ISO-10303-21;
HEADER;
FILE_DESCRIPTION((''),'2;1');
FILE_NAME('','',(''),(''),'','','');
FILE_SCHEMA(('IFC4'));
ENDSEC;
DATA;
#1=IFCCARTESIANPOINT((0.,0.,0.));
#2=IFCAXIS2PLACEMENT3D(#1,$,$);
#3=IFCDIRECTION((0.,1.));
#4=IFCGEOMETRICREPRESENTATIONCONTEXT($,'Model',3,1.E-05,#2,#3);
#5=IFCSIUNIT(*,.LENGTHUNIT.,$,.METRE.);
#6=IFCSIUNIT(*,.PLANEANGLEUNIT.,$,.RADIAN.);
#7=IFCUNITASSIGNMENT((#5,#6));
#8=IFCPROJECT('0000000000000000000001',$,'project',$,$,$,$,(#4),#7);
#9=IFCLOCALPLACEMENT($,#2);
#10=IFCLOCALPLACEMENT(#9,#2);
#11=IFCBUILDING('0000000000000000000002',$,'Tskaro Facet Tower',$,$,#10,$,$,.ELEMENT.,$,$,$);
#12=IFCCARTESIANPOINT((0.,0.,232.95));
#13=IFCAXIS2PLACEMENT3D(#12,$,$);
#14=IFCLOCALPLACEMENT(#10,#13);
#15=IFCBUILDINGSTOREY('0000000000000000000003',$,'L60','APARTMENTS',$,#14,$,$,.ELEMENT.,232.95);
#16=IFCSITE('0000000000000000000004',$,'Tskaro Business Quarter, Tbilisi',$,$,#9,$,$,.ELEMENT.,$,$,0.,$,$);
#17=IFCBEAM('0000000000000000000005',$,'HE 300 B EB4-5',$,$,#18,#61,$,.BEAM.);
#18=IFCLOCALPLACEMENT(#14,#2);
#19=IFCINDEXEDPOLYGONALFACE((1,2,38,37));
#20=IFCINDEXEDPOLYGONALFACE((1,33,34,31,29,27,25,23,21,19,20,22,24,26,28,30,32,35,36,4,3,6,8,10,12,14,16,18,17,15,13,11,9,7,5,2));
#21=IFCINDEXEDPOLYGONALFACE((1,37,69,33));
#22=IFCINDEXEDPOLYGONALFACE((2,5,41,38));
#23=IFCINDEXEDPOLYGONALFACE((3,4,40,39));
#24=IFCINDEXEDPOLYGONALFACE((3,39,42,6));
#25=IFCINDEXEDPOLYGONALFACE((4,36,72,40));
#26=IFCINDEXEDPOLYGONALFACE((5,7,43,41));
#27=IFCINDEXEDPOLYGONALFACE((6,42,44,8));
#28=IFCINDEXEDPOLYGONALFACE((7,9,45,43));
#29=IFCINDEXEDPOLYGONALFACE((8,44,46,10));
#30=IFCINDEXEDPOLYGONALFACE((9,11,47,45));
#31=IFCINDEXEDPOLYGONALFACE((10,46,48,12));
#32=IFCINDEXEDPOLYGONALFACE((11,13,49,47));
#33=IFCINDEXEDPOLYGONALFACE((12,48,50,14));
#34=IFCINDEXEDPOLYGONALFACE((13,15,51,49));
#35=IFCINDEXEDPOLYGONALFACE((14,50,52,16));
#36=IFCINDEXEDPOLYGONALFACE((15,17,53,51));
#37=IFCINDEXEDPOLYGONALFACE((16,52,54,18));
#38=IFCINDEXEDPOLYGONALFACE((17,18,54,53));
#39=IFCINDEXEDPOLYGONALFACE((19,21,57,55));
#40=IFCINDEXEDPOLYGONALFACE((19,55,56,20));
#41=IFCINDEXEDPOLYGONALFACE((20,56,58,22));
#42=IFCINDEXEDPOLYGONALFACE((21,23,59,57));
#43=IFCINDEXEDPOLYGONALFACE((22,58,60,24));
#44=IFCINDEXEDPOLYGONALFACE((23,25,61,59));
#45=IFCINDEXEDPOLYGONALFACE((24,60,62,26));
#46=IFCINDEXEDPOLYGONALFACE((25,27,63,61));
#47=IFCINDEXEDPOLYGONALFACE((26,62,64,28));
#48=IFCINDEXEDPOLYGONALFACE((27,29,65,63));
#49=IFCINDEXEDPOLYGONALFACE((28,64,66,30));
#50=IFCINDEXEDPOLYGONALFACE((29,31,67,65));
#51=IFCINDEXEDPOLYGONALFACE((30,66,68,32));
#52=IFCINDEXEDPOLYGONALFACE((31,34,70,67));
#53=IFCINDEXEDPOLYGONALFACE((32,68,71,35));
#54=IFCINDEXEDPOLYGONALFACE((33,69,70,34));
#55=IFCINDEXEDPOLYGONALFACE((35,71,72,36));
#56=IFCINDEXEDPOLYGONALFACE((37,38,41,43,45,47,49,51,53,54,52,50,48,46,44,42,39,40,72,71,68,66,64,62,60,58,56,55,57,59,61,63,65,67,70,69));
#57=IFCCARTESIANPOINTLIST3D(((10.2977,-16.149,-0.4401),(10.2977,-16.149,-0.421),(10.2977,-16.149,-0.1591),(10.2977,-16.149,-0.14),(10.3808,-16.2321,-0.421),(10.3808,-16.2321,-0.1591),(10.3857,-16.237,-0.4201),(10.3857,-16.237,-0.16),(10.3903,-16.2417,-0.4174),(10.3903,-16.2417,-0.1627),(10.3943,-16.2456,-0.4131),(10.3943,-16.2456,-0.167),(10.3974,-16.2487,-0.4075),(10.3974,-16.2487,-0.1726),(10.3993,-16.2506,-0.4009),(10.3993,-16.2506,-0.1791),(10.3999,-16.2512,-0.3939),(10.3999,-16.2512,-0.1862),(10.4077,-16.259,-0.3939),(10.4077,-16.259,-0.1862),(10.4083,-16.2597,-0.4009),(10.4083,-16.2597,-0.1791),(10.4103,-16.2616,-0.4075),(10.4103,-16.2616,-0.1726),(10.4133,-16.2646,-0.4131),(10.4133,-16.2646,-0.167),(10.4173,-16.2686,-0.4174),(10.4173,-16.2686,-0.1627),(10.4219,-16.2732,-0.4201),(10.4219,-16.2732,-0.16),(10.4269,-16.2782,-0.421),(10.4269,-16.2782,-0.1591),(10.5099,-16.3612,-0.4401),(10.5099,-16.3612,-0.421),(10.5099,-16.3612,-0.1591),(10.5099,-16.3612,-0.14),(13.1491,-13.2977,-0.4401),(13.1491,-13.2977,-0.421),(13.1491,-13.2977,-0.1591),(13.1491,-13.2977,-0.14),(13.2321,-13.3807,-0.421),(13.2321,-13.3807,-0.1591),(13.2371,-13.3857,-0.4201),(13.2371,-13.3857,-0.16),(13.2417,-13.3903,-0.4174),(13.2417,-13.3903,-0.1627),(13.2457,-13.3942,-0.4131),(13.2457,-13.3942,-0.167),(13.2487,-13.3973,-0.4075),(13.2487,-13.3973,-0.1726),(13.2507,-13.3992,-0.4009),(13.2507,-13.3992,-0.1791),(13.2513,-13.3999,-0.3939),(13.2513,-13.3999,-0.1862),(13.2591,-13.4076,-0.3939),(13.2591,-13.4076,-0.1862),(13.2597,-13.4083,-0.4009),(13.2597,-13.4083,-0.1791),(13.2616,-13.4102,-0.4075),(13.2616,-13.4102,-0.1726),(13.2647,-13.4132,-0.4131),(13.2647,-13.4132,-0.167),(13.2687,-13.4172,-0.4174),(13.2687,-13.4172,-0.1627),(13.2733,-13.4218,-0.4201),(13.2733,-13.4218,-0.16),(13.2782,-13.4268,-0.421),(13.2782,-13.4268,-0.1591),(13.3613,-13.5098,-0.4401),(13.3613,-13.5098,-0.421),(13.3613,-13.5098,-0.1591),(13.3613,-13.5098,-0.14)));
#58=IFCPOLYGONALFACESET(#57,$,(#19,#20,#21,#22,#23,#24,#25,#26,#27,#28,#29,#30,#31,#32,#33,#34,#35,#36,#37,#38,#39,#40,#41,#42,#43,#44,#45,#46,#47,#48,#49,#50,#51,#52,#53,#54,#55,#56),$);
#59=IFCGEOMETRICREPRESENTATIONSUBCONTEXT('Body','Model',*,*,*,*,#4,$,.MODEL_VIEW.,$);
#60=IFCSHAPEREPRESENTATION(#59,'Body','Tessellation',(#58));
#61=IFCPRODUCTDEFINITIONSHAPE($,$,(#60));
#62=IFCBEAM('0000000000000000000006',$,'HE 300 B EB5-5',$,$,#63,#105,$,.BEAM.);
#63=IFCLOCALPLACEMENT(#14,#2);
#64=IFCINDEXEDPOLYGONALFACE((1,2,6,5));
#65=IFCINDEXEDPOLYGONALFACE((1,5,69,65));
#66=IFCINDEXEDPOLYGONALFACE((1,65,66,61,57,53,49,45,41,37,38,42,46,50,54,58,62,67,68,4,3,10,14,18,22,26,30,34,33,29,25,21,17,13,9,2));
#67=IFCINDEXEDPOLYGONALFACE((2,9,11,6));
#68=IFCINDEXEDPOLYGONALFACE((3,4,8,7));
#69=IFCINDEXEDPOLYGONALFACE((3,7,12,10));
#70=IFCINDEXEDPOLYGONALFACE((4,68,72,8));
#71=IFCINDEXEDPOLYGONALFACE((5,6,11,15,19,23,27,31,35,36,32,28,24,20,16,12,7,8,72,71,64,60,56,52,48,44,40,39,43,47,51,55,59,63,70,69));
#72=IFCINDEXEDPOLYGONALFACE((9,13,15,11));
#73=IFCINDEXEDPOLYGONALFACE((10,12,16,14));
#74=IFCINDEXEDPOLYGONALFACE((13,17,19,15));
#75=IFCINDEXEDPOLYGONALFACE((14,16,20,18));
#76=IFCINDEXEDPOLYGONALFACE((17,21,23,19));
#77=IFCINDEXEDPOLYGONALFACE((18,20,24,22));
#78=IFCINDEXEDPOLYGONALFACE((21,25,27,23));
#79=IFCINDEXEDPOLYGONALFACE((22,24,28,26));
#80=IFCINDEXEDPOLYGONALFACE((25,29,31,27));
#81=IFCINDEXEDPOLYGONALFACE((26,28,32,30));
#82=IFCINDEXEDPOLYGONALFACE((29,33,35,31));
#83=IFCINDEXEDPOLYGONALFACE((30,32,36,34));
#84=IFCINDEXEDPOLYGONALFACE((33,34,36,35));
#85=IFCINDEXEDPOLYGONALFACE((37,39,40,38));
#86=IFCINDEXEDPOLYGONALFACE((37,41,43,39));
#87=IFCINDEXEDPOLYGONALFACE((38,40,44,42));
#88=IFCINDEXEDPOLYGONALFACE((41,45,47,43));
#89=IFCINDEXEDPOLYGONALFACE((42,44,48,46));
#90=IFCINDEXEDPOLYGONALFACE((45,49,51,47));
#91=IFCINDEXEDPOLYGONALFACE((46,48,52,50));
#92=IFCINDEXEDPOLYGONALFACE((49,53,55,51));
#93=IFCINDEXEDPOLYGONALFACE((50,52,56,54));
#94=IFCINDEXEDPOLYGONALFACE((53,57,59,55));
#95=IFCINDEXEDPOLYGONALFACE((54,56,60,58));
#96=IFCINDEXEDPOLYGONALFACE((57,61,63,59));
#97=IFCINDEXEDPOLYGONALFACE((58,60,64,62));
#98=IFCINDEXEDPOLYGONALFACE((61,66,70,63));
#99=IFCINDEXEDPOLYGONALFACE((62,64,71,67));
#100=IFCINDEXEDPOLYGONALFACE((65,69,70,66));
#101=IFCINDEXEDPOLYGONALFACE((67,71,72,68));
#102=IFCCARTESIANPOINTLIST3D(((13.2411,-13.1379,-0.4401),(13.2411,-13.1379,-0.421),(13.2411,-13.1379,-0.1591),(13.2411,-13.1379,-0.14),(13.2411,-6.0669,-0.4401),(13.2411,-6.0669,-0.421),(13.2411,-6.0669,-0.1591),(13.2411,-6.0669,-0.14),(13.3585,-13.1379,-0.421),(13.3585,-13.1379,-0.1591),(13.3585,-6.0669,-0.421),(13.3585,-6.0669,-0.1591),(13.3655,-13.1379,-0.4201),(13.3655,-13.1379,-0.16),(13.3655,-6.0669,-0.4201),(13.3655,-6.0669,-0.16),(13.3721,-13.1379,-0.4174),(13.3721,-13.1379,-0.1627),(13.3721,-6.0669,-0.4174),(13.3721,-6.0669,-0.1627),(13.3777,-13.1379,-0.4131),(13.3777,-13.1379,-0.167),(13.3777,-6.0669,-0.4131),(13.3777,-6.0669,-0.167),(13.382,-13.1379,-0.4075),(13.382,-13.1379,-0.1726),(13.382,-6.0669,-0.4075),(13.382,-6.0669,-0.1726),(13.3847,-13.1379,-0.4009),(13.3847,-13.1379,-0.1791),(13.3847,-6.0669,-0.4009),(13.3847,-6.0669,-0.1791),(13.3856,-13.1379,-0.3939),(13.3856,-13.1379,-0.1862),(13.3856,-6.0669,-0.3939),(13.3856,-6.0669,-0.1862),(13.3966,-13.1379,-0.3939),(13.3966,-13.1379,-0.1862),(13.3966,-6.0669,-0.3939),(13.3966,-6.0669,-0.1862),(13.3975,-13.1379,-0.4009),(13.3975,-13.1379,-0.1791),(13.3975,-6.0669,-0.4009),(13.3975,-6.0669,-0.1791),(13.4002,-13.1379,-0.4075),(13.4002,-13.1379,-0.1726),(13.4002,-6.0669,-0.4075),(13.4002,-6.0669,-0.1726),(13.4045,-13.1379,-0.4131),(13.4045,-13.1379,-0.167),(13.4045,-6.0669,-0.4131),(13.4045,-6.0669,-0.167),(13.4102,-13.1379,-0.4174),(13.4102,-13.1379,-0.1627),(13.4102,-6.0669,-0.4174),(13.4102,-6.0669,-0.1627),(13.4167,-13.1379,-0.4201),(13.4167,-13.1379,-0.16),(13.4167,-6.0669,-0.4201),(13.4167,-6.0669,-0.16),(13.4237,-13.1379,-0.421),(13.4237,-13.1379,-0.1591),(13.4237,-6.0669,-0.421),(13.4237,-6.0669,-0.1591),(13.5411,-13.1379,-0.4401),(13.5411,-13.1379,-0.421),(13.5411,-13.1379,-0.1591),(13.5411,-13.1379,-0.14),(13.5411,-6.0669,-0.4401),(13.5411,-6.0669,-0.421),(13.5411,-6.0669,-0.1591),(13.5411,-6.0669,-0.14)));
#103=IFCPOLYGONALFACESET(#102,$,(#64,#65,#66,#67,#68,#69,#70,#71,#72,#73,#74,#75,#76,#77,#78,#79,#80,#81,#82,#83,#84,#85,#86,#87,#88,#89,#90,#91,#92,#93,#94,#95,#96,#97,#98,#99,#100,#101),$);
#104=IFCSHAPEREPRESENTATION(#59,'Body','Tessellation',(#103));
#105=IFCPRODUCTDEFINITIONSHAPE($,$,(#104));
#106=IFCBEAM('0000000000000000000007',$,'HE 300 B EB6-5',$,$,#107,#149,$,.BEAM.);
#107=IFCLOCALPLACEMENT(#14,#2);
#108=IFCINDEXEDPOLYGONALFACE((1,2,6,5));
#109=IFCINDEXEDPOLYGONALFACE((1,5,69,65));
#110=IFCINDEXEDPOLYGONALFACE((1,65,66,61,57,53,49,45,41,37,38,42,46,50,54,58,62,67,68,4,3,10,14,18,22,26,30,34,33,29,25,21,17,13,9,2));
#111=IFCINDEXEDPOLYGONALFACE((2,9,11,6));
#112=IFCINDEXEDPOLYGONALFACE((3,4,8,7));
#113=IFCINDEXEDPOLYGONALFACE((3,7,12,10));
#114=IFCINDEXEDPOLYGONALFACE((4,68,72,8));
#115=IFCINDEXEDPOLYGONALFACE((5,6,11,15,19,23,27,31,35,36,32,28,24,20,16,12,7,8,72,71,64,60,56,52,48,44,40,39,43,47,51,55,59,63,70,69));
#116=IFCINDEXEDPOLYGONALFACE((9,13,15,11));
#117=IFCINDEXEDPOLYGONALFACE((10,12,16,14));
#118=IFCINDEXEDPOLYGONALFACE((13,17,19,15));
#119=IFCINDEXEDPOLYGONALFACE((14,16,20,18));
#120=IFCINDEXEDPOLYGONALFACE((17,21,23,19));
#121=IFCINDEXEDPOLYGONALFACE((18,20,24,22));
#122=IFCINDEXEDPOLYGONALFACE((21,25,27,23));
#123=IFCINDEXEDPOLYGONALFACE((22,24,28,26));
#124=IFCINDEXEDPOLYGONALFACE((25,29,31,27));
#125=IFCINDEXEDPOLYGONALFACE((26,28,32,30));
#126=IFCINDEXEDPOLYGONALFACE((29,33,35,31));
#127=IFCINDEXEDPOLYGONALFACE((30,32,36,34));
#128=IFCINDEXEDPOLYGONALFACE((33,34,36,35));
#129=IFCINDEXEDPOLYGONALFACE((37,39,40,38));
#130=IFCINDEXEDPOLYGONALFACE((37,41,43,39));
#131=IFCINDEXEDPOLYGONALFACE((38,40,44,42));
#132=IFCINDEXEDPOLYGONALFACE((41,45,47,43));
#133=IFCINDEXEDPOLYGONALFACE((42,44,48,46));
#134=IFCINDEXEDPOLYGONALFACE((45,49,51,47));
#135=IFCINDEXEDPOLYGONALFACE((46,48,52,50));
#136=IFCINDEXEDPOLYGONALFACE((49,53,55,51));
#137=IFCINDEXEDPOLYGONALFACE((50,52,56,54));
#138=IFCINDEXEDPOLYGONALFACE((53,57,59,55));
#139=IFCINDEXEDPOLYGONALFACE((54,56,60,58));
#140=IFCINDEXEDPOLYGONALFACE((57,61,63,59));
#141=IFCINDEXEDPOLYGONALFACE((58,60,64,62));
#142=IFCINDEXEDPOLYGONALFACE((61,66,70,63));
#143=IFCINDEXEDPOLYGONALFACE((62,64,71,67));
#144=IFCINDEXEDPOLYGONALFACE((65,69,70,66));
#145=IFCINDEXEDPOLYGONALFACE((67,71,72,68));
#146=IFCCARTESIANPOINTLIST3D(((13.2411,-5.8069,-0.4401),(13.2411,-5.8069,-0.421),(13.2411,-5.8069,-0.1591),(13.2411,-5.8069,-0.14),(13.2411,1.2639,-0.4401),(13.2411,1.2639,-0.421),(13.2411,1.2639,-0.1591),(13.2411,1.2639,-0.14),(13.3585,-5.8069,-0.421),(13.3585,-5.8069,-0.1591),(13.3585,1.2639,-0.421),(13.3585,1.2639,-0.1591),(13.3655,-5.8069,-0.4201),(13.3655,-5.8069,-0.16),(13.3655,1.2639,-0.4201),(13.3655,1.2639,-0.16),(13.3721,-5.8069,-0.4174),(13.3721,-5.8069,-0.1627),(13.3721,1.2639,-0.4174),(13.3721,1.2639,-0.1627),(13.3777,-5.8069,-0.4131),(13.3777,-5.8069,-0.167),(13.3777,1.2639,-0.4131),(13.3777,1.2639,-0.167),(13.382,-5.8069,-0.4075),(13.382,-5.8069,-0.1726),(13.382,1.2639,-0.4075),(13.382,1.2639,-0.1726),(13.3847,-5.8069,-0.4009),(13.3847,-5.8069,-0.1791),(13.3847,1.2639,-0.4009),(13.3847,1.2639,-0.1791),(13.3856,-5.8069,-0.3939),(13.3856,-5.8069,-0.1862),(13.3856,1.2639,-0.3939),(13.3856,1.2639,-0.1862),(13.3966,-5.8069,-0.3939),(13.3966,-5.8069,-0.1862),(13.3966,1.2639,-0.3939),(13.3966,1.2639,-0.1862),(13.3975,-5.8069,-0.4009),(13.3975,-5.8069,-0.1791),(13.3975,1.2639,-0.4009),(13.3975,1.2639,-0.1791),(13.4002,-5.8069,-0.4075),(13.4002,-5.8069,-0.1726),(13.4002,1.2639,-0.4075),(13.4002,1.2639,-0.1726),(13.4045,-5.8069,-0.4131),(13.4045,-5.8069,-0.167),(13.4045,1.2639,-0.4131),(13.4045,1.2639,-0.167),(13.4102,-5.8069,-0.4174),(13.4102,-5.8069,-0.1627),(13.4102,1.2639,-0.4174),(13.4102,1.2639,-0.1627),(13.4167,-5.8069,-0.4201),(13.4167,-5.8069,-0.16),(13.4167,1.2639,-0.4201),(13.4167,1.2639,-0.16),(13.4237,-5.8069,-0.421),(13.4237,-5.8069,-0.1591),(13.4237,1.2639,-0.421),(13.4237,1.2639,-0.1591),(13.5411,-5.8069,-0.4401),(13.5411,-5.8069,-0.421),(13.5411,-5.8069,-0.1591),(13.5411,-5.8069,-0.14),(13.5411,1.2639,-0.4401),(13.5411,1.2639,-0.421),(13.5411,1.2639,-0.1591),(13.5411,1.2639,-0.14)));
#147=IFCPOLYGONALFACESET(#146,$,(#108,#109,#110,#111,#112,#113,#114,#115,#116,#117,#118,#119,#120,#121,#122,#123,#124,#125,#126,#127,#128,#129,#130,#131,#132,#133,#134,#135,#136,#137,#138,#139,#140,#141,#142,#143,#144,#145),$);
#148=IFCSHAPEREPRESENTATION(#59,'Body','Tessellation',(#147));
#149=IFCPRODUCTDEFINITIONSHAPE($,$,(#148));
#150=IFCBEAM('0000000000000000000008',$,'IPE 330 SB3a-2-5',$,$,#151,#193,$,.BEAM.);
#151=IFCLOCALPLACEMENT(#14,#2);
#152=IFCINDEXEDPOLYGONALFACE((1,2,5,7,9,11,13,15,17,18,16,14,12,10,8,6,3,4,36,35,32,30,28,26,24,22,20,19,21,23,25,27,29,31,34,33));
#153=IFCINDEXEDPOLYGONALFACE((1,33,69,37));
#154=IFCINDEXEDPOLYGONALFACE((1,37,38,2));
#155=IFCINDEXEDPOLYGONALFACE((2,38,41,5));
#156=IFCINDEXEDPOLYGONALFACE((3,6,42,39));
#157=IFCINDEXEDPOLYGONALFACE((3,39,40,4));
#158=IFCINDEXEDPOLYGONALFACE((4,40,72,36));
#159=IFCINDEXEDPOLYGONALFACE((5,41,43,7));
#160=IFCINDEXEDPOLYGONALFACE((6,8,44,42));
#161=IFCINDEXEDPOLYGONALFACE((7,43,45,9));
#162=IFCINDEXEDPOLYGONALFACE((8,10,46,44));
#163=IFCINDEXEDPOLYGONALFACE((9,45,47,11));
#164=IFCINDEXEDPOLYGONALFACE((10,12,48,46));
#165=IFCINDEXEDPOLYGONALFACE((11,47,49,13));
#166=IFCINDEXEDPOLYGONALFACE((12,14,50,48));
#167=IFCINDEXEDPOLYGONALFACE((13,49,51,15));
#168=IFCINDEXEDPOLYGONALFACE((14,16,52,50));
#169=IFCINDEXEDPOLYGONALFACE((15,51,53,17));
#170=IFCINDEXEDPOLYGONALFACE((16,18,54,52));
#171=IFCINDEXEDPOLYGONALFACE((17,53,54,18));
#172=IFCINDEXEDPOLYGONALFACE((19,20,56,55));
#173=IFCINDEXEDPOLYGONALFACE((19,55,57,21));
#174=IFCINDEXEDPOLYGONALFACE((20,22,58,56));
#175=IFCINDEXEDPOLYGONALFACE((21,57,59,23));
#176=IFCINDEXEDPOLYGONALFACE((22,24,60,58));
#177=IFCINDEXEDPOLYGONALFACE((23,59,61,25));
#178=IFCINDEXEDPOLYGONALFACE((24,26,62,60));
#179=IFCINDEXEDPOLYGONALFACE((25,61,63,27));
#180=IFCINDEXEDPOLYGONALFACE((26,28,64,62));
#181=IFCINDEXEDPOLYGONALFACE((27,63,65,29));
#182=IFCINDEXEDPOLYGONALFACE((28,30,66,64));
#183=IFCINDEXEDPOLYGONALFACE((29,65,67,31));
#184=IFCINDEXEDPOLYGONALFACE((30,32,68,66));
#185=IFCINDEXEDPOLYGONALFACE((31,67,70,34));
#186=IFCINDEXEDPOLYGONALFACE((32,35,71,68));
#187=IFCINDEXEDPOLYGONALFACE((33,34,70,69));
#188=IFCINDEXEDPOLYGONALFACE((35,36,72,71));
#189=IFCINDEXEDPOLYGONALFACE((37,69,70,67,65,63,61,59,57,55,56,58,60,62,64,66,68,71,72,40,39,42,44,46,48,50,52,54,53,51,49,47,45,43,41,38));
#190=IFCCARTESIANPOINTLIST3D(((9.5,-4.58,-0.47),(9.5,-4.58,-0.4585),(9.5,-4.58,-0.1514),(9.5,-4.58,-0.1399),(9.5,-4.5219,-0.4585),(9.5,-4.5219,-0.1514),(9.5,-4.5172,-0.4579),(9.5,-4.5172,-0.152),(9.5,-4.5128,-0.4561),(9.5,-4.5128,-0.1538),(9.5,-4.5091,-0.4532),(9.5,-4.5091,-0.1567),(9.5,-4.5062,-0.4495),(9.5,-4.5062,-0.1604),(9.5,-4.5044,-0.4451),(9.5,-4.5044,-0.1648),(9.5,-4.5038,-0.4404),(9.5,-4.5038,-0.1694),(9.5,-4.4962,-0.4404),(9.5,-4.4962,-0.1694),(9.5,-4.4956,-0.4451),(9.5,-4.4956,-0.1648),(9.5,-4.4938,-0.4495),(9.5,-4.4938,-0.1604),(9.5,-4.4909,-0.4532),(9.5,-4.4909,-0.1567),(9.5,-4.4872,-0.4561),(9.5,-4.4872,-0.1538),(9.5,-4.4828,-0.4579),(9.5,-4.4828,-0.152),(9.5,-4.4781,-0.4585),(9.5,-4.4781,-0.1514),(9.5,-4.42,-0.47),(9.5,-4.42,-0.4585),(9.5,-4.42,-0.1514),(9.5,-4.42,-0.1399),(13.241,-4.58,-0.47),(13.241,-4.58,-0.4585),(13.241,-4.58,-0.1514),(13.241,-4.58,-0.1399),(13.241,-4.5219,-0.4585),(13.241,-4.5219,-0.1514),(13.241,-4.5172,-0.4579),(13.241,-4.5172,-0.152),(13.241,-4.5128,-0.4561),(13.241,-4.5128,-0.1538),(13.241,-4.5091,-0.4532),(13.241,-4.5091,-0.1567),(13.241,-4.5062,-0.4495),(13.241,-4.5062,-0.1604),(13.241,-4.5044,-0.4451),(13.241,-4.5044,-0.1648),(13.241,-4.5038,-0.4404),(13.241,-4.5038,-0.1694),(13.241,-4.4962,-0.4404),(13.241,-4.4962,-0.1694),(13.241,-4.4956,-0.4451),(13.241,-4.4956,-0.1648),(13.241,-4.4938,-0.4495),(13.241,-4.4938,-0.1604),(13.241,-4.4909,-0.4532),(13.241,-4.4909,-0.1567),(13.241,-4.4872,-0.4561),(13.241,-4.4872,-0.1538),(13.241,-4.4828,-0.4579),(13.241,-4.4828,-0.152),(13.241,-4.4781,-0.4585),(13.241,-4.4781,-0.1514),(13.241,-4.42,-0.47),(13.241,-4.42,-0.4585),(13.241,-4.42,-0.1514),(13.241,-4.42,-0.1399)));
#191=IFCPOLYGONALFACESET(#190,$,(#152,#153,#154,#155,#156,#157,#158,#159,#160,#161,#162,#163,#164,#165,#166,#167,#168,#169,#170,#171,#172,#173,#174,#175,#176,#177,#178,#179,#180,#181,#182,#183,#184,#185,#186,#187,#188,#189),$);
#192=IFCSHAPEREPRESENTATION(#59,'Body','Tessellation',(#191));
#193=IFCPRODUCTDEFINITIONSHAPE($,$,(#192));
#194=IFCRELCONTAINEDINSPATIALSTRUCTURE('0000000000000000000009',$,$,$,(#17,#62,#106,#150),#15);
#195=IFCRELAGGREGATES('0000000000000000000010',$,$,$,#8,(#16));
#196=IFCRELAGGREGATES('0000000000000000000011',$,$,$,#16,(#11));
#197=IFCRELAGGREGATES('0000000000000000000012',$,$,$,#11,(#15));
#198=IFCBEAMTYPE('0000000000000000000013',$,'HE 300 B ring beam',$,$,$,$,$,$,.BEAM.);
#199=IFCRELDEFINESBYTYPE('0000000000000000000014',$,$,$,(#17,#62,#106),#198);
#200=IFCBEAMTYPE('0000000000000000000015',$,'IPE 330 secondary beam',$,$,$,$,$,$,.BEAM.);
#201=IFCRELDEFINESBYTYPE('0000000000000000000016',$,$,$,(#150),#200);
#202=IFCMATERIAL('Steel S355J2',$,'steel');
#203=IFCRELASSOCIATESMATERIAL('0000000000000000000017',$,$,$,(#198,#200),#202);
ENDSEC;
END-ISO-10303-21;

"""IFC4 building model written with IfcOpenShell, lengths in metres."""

from ifc_helpers import new_model, si_unit, direction, frame, origin, origin_2d, place, context, subcontext, project, spatial, i_section, extrude, material, material_profile, profile_set, type_object, element, save


model = new_model("IFC4")

# Units and contexts
model_context = context("Model", 3, precision=1e-05, world=origin(), true_north=direction((0.0, 1.0)))
body_context = subcontext(model_context, "Body", "Model", "MODEL_VIEW")
ifc_project = project(units=[si_unit("LENGTHUNIT", "METRE"), si_unit("PLANEANGLEUNIT", "RADIAN")], contexts=[model_context])

# Site, building, storey
site_placement = place(None, origin())
site = spatial("IfcSite", under=ifc_project, at=site_placement, Name="Tskaro Business Quarter, Tbilisi", CompositionType="ELEMENT", RefElevation=0.0)
building_placement = place(site_placement, origin())
building = spatial("IfcBuilding", under=site, at=building_placement, Name="Tskaro Facet Tower", CompositionType="ELEMENT")
storey_placement = place(building_placement, frame((0.0, 0.0, 232.95)))
storey = spatial("IfcBuildingStorey", under=building, at=storey_placement, Name="L60", Description="APARTMENTS", CompositionType="ELEMENT", Elevation=232.95)

# Shared definitions
ifc_material_1 = material(Name="Steel S355J2", Category="steel")

# Beams
ifc_material_profile_1 = material_profile(ifc_material_1, i_section(OverallWidth=0.3, OverallDepth=0.3, WebThickness=0.011, FlangeThickness=0.019, FilletRadius=0.0271, at=origin_2d()), Name="HE 300 B")
ifc_profile_set_1 = profile_set([ifc_material_profile_1], Name="Steel S355J2")
beam_type_1 = type_object("IfcBeamType", Name="HE 300 B ring beam", PredefinedType="BEAM", material=ifc_profile_set_1)
beam_1_placement = place(storey_placement, frame((10.4038, -16.2551, -0.29), z_axis=(0.707107, 0.707107, 0.0), x_axis=(-0.707107, 0.707107, 0.0)))
element("IfcBeam", 1, at=beam_1_placement, inside=storey, type_object=beam_type_1, Name="HE 300 B EB4-5", PredefinedType="BEAM", context=body_context, shape_type="SweptSolid", body=[
    extrude(i_section(OverallWidth=0.3, OverallDepth=0.3, WebThickness=0.011, FlangeThickness=0.019, FilletRadius=0.0271, at=origin_2d()), origin(), (0.0, 0.0, 1.0), 4.0325),
])
beam_2_placement = place(storey_placement, frame((13.3911, -13.1379, -0.29), z_axis=(0.0, 1.0, 0.0), x_axis=(-1.0, 0.0, 0.0)))
element("IfcBeam", 2, at=beam_2_placement, inside=storey, type_object=beam_type_1, Name="HE 300 B EB5-5", PredefinedType="BEAM", context=body_context, shape_type="SweptSolid", body=[
    extrude(i_section(OverallWidth=0.3, OverallDepth=0.3, WebThickness=0.011, FlangeThickness=0.019, FilletRadius=0.0271, at=origin_2d()), origin(), (0.0, 0.0, 1.0), 7.071),
])
beam_3_placement = place(storey_placement, frame((13.3911, -5.8069, -0.29), z_axis=(0.0, 1.0, 0.0), x_axis=(-1.0, 0.0, 0.0)))
element("IfcBeam", 3, at=beam_3_placement, inside=storey, type_object=beam_type_1, Name="HE 300 B EB6-5", PredefinedType="BEAM", context=body_context, shape_type="SweptSolid", body=[
    extrude(i_section(OverallWidth=0.3, OverallDepth=0.3, WebThickness=0.011, FlangeThickness=0.019, FilletRadius=0.0271, at=origin_2d()), origin(), (0.0, 0.0, 1.0), 7.0708),
])
ifc_material_profile_2 = material_profile(ifc_material_1, i_section(OverallWidth=0.1599, OverallDepth=0.3301, WebThickness=0.0076, FlangeThickness=0.0115, FilletRadius=0.0181, at=origin_2d()), Name="IPE 330")
ifc_profile_set_2 = profile_set([ifc_material_profile_2], Name="Steel S355J2")
beam_type_2 = type_object("IfcBeamType", Name="IPE 330 secondary beam", PredefinedType="BEAM", material=ifc_profile_set_2)
beam_4_placement = place(storey_placement, frame((9.5, -4.5, -0.3049), z_axis=(1.0, 0.0, 0.0), x_axis=(0.0, 1.0, 0.0)))
element("IfcBeam", 4, at=beam_4_placement, inside=storey, type_object=beam_type_2, Name="IPE 330 SB3a-2-5", PredefinedType="BEAM", context=body_context, shape_type="SweptSolid", body=[
    extrude(i_section(OverallWidth=0.1599, OverallDepth=0.3301, WebThickness=0.0076, FlangeThickness=0.0115, FilletRadius=0.0181, at=origin_2d()), origin(), (0.0, 0.0, 1.0), 3.741),
])

save(model, "model.ifc")
